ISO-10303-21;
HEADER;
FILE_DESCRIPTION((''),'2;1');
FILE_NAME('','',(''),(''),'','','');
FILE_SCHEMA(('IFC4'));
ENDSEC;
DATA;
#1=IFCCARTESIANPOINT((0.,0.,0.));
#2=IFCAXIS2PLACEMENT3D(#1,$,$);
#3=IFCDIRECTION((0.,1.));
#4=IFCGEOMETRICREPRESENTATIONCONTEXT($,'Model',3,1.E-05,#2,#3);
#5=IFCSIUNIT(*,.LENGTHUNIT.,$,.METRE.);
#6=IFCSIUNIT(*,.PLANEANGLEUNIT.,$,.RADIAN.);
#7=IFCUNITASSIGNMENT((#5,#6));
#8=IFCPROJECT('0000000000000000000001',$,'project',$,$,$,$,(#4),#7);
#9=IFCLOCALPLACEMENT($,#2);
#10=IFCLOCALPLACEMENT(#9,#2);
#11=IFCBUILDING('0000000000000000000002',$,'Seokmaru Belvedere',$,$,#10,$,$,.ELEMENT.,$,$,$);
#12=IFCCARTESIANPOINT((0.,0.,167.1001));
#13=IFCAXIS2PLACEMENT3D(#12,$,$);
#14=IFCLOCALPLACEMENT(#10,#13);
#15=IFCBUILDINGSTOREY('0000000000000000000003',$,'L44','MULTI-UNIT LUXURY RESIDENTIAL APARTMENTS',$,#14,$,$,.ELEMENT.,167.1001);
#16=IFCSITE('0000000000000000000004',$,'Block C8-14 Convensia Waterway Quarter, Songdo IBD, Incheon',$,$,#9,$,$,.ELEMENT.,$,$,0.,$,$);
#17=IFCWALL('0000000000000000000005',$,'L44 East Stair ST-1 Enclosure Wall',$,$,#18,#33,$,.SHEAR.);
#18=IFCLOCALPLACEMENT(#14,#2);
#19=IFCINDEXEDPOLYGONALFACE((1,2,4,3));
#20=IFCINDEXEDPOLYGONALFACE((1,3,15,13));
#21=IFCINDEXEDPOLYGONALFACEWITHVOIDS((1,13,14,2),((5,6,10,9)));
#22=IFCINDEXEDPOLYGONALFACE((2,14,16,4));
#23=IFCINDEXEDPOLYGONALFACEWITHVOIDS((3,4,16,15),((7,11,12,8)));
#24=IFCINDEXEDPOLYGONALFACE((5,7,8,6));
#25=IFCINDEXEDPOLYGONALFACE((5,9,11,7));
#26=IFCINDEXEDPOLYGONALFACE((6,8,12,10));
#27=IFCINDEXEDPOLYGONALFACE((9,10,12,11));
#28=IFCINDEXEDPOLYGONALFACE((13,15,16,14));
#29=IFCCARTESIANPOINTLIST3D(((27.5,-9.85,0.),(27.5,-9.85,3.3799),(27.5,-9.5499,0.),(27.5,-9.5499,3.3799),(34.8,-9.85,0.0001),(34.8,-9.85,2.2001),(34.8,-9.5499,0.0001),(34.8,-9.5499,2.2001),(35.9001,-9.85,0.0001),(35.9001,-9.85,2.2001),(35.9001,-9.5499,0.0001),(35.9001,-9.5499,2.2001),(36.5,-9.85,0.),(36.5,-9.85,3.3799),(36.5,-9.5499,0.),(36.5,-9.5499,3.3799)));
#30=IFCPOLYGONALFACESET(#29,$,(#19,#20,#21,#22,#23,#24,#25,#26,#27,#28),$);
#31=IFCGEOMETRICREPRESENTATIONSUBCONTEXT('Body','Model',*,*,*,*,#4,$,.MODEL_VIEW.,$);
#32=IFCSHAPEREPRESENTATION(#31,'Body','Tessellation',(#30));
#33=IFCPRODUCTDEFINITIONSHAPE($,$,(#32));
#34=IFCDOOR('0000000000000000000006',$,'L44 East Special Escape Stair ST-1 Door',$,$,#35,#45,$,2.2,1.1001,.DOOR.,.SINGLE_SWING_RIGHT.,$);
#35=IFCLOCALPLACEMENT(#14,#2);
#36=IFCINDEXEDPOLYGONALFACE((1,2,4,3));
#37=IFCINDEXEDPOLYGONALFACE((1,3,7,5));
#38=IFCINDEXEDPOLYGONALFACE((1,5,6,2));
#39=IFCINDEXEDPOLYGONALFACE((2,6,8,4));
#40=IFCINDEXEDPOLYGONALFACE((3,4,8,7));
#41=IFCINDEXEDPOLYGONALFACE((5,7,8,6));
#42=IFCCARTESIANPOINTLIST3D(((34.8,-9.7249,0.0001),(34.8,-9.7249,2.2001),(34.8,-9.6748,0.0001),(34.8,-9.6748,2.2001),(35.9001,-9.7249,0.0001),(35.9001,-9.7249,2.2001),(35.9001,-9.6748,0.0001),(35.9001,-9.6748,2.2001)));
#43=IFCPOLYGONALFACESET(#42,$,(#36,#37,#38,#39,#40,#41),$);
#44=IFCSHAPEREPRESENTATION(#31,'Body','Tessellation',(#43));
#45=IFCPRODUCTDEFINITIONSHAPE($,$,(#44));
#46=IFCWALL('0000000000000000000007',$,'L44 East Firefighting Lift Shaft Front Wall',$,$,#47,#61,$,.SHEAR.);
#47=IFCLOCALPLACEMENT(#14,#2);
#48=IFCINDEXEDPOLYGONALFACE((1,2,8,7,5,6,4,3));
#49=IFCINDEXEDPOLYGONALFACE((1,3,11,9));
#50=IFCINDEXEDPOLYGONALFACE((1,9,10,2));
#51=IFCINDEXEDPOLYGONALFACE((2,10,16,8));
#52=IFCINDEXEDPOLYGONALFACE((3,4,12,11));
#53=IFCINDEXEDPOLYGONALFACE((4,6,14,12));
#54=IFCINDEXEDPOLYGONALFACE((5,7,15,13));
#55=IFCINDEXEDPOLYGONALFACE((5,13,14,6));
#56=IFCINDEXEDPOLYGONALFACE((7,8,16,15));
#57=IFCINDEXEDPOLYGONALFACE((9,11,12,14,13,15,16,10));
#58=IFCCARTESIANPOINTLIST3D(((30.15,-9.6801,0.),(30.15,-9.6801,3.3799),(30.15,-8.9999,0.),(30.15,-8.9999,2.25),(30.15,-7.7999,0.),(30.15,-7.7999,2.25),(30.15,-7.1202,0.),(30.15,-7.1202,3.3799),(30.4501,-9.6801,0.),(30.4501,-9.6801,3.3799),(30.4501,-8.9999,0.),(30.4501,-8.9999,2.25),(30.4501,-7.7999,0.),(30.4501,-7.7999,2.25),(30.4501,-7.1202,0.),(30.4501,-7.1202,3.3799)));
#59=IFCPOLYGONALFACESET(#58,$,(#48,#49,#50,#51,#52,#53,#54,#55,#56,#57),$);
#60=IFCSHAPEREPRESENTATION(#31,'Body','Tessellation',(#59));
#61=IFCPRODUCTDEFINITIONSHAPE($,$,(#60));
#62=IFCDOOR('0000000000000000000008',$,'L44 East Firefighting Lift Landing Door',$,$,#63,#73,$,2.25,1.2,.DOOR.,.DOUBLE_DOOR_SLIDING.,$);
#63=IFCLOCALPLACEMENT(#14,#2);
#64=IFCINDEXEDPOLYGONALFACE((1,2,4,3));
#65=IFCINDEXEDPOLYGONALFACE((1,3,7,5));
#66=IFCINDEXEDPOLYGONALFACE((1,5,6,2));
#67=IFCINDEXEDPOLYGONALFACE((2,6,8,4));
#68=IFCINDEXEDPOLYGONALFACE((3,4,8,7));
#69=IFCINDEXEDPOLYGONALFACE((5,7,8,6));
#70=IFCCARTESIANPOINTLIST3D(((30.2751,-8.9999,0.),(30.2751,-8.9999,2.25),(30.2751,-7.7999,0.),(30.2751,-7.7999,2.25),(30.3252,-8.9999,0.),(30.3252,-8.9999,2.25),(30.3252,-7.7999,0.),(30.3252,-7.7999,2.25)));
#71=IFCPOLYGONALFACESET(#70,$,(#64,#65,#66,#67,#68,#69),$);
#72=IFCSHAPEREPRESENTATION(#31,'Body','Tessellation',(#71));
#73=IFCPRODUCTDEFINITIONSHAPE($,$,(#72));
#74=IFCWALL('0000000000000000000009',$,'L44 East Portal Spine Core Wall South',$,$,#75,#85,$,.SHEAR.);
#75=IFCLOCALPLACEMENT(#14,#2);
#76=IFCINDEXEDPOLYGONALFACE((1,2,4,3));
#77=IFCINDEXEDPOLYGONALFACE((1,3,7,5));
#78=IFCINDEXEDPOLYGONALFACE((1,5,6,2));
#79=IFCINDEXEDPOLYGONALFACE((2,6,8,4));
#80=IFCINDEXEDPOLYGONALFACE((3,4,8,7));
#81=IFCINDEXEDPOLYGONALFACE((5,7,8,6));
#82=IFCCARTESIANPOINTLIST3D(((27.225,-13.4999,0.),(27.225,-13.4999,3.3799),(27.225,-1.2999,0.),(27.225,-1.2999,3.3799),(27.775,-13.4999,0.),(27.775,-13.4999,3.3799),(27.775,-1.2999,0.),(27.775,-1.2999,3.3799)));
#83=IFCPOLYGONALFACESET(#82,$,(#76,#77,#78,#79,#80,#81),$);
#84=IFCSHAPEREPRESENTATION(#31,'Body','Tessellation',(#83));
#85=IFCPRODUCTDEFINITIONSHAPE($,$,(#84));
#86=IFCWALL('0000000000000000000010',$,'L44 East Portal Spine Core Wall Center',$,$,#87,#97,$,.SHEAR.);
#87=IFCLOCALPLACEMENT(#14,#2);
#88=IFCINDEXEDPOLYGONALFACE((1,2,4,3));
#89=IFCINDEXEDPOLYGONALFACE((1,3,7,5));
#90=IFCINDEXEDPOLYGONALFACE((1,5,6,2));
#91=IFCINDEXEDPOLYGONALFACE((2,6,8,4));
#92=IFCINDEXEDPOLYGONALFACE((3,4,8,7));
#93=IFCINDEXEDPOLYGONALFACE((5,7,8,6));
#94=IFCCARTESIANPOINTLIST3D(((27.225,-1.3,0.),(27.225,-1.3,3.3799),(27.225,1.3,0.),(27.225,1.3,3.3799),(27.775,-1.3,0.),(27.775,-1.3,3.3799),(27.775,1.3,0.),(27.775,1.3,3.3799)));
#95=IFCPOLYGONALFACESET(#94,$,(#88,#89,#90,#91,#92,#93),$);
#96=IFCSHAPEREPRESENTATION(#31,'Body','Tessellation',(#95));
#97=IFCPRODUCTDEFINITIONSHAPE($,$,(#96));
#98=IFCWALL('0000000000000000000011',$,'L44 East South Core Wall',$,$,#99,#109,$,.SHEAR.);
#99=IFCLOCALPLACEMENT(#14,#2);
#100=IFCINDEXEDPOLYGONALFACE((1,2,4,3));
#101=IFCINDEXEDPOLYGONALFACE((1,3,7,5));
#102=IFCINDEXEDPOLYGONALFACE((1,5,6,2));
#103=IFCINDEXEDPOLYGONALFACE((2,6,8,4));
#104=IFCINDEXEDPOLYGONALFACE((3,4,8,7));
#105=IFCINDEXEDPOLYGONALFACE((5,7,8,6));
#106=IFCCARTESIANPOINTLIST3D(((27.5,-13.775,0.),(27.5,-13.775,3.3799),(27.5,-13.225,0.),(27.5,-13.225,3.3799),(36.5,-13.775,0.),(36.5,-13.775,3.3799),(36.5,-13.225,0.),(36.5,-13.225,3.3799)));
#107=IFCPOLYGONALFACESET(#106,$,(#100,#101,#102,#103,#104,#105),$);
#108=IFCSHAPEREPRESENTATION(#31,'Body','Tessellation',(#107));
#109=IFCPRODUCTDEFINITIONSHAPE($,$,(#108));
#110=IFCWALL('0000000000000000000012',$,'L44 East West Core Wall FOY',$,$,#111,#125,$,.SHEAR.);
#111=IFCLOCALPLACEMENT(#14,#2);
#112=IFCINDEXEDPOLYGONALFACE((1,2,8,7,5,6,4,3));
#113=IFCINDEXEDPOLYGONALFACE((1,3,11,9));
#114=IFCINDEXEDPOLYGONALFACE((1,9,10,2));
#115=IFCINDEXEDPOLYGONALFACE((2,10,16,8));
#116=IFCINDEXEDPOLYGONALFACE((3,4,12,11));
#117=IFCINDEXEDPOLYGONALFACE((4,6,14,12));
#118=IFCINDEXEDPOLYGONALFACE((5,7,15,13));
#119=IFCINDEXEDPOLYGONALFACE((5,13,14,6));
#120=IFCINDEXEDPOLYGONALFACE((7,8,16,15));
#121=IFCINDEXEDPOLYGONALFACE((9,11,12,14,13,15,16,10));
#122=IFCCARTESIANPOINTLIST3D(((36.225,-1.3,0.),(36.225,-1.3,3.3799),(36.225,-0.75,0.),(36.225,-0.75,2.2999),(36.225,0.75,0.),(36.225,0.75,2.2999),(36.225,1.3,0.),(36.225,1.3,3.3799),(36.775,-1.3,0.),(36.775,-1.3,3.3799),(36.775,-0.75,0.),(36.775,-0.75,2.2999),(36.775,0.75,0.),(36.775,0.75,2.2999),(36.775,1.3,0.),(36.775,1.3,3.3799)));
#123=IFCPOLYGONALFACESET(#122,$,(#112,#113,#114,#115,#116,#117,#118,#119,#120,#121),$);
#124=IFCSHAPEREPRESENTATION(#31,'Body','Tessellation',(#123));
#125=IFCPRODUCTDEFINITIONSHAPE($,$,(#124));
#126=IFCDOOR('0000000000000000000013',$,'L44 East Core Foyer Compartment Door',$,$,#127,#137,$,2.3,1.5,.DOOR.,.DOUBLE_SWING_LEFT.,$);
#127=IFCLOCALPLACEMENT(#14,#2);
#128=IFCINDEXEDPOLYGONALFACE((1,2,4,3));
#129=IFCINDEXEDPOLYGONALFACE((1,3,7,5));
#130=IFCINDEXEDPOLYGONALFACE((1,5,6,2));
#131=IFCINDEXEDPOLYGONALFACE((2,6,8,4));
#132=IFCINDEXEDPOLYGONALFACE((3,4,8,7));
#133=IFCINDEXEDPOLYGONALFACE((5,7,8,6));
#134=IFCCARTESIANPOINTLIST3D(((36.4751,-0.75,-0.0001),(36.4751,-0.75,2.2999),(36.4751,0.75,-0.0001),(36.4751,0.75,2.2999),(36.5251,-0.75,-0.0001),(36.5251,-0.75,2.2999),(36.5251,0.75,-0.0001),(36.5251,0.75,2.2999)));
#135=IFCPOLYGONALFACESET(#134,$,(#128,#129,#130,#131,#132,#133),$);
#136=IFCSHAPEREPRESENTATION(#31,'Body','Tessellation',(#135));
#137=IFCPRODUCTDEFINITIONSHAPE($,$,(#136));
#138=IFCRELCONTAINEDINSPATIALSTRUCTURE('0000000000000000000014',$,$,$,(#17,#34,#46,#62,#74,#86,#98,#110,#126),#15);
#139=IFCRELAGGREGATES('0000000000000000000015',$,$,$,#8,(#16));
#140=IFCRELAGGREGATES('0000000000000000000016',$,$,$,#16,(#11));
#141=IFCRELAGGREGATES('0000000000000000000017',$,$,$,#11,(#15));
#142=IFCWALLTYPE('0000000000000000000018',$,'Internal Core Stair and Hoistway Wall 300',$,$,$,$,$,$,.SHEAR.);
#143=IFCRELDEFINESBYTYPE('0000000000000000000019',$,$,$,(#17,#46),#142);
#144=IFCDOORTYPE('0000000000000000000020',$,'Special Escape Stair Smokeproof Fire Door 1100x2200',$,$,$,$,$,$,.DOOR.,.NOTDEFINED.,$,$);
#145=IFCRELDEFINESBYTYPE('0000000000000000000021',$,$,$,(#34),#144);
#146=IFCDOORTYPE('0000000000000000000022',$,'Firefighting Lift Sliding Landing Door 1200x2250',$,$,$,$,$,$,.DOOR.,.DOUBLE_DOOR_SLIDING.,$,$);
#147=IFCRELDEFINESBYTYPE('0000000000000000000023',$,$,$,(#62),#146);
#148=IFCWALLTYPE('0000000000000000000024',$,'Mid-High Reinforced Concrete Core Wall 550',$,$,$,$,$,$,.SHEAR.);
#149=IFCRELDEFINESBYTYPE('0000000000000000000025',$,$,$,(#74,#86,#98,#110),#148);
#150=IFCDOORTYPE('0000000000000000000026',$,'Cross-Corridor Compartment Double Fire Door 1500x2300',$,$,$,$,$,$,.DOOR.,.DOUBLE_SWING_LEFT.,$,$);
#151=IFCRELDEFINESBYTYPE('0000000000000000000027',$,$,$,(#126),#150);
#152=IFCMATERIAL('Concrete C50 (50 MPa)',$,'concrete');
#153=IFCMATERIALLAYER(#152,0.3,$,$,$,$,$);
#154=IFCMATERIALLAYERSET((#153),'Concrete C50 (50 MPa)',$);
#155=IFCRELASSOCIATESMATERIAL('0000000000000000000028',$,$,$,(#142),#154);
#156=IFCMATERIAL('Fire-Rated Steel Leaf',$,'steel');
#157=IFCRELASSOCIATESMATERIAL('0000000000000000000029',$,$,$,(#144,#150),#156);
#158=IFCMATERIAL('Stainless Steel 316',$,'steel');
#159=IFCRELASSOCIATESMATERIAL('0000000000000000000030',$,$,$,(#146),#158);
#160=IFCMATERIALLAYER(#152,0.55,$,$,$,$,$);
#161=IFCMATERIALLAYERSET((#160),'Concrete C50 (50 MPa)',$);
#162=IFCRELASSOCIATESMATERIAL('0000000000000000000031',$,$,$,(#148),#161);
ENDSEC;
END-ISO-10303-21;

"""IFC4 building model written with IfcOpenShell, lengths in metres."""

from ifc_helpers import new_model, si_unit, direction, frame, frame_2d, origin, place, context, subcontext, project, spatial, rectangle, extrude, source, transform, mapped, material, layer, layer_set, type_object, type_shapes, element, fill, save


model = new_model("IFC4")

# Units and contexts
model_context = context("Model", 3, precision=1e-05, world=origin(), true_north=direction((0.0, 1.0)))
body_context = subcontext(model_context, "Body", "Model", "MODEL_VIEW")
ifc_project = project(units=[si_unit("LENGTHUNIT", "METRE"), si_unit("PLANEANGLEUNIT", "RADIAN")], contexts=[model_context])

# Site, building, storey
site_placement = place(None, origin())
site = spatial("IfcSite", under=ifc_project, at=site_placement, Name="Block C8-14 Convensia Waterway Quarter, Songdo IBD, Incheon", CompositionType="ELEMENT", RefElevation=0.0)
building_placement = place(site_placement, origin())
building = spatial("IfcBuilding", under=site, at=building_placement, Name="Seokmaru Belvedere", CompositionType="ELEMENT")
storey_placement = place(building_placement, frame((0.0, 0.0, 167.1001)))
storey = spatial("IfcBuildingStorey", under=building, at=storey_placement, Name="L44", Description="MULTI-UNIT LUXURY RESIDENTIAL APARTMENTS", CompositionType="ELEMENT", Elevation=167.1001)

# Shared definitions
ifc_material_1 = material(Name="Fire-Rated Steel Leaf", Category="steel")

# Shared definitions
ifc_material_2 = material(Name="Concrete C50 (50 MPa)", Category="concrete")

# Walls, openings, doors
ifc_layer_1 = layer(ifc_material_2, 0.3)
ifc_layer_set_1 = layer_set([ifc_layer_1], Name="Concrete C50 (50 MPa)")
wall_type_1 = type_object("IfcWallType", Name="Internal Core Stair and Hoistway Wall 300", PredefinedType="SHEAR", material=ifc_layer_set_1)
wall_1_placement = place(storey_placement, frame((27.5, -9.7, 0.0), z_axis=(0.0, 0.0, 1.0), x_axis=(1.0, 0.0, 0.0)))
wall_1 = element("IfcWall", 1, at=wall_1_placement, inside=storey, type_object=wall_type_1, Name="L44 East Stair ST-1 Enclosure Wall", PredefinedType="SHEAR", context=body_context, shape_type="SweptSolid", body=[
    extrude(rectangle(XDim=9.0, YDim=0.3, at=frame_2d((4.5, 0.0))), origin(), (0.0, 0.0, 1.0), 3.3799),
])
opening_1_placement = place(wall_1_placement, frame((7.3, 0.0, 0.0)))
opening_1 = element("IfcOpeningElement", 2, at=opening_1_placement, cuts=wall_1, PredefinedType="OPENING", context=body_context, shape_type="SweptSolid", body=[
    extrude(rectangle(XDim=1.1001, YDim=2.2, at=frame_2d((0.55, 1.1001))), frame((0.0, 0.1602, 0.0), z_axis=(0.0, -1.0, 0.0), x_axis=(1.0, 0.0, 0.0)), (0.0, 0.0, 1.0), 0.3201),
])
door_type_1 = type_object("IfcDoorType", Name="Special Escape Stair Smokeproof Fire Door 1100x2200", OperationType="NOTDEFINED", PredefinedType="DOOR", material=ifc_material_1)
shared_shape_1 = source(origin(), body_context, "Body", "SweptSolid", [
    extrude(rectangle(XDim=1.1001, YDim=2.2, at=frame_2d((0.55, 1.1001))), frame((0.0, 0.0249, 0.0), z_axis=(0.0, -1.0, 0.0), x_axis=(1.0, 0.0, 0.0)), (0.0, 0.0, 1.0), 0.05),
])
type_shapes(door_type_1, [shared_shape_1])
door_1_placement = place(opening_1_placement, frame((1.1001, 0.0, 0.0), z_axis=(0.0, 0.0, 1.0), x_axis=(-1.0, 0.0, 0.0)))
door_1 = element("IfcDoor", 3, at=door_1_placement, inside=storey, type_object=door_type_1, Name="L44 East Special Escape Stair ST-1 Door", OperationType="SINGLE_SWING_RIGHT", OverallHeight=2.2, OverallWidth=1.1001, PredefinedType="DOOR", context=body_context, shape_type="MappedRepresentation", body=[
    mapped(shared_shape_1, transform((0.0, 0.0, 0.0), scale=1.0)),
])
fill(opening_1, door_1)
wall_2_placement = place(storey_placement, frame((30.3, -9.6799, 0.0), z_axis=(0.0, 0.0, 1.0), x_axis=(0.0, 1.0, 0.0)))
wall_2 = element("IfcWall", 4, at=wall_2_placement, inside=storey, type_object=wall_type_1, Name="L44 East Firefighting Lift Shaft Front Wall", PredefinedType="SHEAR", context=body_context, shape_type="SweptSolid", body=[
    extrude(rectangle(XDim=2.5598, YDim=0.3, at=frame_2d((1.2798, 0.0))), origin(), (0.0, 0.0, 1.0), 3.3799),
])
opening_2_placement = place(wall_2_placement, frame((0.6799, 0.0, 0.0)))
opening_2 = element("IfcOpeningElement", 5, at=opening_2_placement, cuts=wall_2, PredefinedType="OPENING", context=body_context, shape_type="SweptSolid", body=[
    extrude(rectangle(XDim=1.2, YDim=2.25, at=frame_2d((0.6001, 1.125))), frame((0.0, 0.1602, 0.0), z_axis=(0.0, -1.0, 0.0), x_axis=(1.0, 0.0, 0.0)), (0.0, 0.0, 1.0), 0.3201),
])
ifc_material_3 = material(Name="Stainless Steel 316", Category="steel")
door_type_2 = type_object("IfcDoorType", Name="Firefighting Lift Sliding Landing Door 1200x2250", OperationType="DOUBLE_DOOR_SLIDING", PredefinedType="DOOR", material=ifc_material_3)
shared_shape_2 = source(origin(), body_context, "Body", "SweptSolid", [
    extrude(rectangle(XDim=1.2, YDim=2.25, at=frame_2d((0.6001, 1.125))), frame((0.0, 0.0249, 0.0), z_axis=(0.0, -1.0, 0.0), x_axis=(1.0, 0.0, 0.0)), (0.0, 0.0, 1.0), 0.05),
])
type_shapes(door_type_2, [shared_shape_2])
door_2_placement = place(opening_2_placement, origin())
door_2 = element("IfcDoor", 6, at=door_2_placement, inside=storey, type_object=door_type_2, Name="L44 East Firefighting Lift Landing Door", OperationType="DOUBLE_DOOR_SLIDING", OverallHeight=2.25, OverallWidth=1.2, PredefinedType="DOOR", context=body_context, shape_type="MappedRepresentation", body=[
    mapped(shared_shape_2, transform((0.0, 0.0, 0.0), scale=1.0)),
])
fill(opening_2, door_2)

# Walls
ifc_layer_2 = layer(ifc_material_2, 0.55)
ifc_layer_set_2 = layer_set([ifc_layer_2], Name="Concrete C50 (50 MPa)")
wall_type_2 = type_object("IfcWallType", Name="Mid-High Reinforced Concrete Core Wall 550", PredefinedType="SHEAR", material=ifc_layer_set_2)
wall_3_placement = place(storey_placement, frame((27.5, -13.5, 0.0), z_axis=(0.0, 0.0, 1.0), x_axis=(0.0, 1.0, 0.0)))
element("IfcWall", 7, at=wall_3_placement, inside=storey, type_object=wall_type_2, Name="L44 East Portal Spine Core Wall South", PredefinedType="SHEAR", context=body_context, shape_type="SweptSolid", body=[
    extrude(rectangle(XDim=12.2, YDim=0.55, at=frame_2d((6.1001, 0.0))), origin(), (0.0, 0.0, 1.0), 3.3799),
])
wall_4_placement = place(storey_placement, frame((27.5, -1.3, 0.0), z_axis=(0.0, 0.0, 1.0), x_axis=(0.0, 1.0, 0.0)))
element("IfcWall", 8, at=wall_4_placement, inside=storey, type_object=wall_type_2, Name="L44 East Portal Spine Core Wall Center", PredefinedType="SHEAR", context=body_context, shape_type="SweptSolid", body=[
    extrude(rectangle(XDim=2.6001, YDim=0.55, at=frame_2d((1.3, 0.0))), origin(), (0.0, 0.0, 1.0), 3.3799),
])
wall_5_placement = place(storey_placement, frame((27.5, -13.5, 0.0), z_axis=(0.0, 0.0, 1.0), x_axis=(1.0, 0.0, 0.0)))
element("IfcWall", 9, at=wall_5_placement, inside=storey, type_object=wall_type_2, Name="L44 East South Core Wall", PredefinedType="SHEAR", context=body_context, shape_type="SweptSolid", body=[
    extrude(rectangle(XDim=9.0, YDim=0.55, at=frame_2d((4.5, 0.0))), origin(), (0.0, 0.0, 1.0), 3.3799),
])

# Wall, opening, door
wall_6_placement = place(storey_placement, frame((36.5, -1.3, 0.0), z_axis=(0.0, 0.0, 1.0), x_axis=(0.0, 1.0, 0.0)))
wall_6 = element("IfcWall", 10, at=wall_6_placement, inside=storey, type_object=wall_type_2, Name="L44 East West Core Wall FOY", PredefinedType="SHEAR", context=body_context, shape_type="SweptSolid", body=[
    extrude(rectangle(XDim=2.6001, YDim=0.55, at=frame_2d((1.3, 0.0))), origin(), (0.0, 0.0, 1.0), 3.3799),
])
opening_3_placement = place(wall_6_placement, frame((0.55, 0.0, 0.0)))
opening_3 = element("IfcOpeningElement", 11, at=opening_3_placement, cuts=wall_6, PredefinedType="OPENING", context=body_context, shape_type="SweptSolid", body=[
    extrude(rectangle(XDim=1.5, YDim=2.3, at=frame_2d((0.75, 1.1499))), frame((0.0, 0.2852, 0.0), z_axis=(0.0, -1.0, 0.0), x_axis=(1.0, 0.0, 0.0)), (0.0, 0.0, 1.0), 0.5701),
])
door_type_3 = type_object("IfcDoorType", Name="Cross-Corridor Compartment Double Fire Door 1500x2300", OperationType="DOUBLE_SWING_LEFT", PredefinedType="DOOR", material=ifc_material_1)
shared_shape_3 = source(origin(), body_context, "Body", "SweptSolid", [
    extrude(rectangle(XDim=1.5, YDim=2.3, at=frame_2d((0.75, 1.1499))), frame((0.0, 0.0249, 0.0), z_axis=(0.0, -1.0, 0.0), x_axis=(1.0, 0.0, 0.0)), (0.0, 0.0, 1.0), 0.05),
])
type_shapes(door_type_3, [shared_shape_3])
door_3_placement = place(opening_3_placement, origin())
door_3 = element("IfcDoor", 12, at=door_3_placement, inside=storey, type_object=door_type_3, Name="L44 East Core Foyer Compartment Door", OperationType="DOUBLE_SWING_LEFT", OverallHeight=2.3, OverallWidth=1.5, PredefinedType="DOOR", context=body_context, shape_type="MappedRepresentation", body=[
    mapped(shared_shape_3, transform((0.0, 0.0, 0.0), scale=1.0)),
])
fill(opening_3, door_3)

save(model, "model.ifc")
